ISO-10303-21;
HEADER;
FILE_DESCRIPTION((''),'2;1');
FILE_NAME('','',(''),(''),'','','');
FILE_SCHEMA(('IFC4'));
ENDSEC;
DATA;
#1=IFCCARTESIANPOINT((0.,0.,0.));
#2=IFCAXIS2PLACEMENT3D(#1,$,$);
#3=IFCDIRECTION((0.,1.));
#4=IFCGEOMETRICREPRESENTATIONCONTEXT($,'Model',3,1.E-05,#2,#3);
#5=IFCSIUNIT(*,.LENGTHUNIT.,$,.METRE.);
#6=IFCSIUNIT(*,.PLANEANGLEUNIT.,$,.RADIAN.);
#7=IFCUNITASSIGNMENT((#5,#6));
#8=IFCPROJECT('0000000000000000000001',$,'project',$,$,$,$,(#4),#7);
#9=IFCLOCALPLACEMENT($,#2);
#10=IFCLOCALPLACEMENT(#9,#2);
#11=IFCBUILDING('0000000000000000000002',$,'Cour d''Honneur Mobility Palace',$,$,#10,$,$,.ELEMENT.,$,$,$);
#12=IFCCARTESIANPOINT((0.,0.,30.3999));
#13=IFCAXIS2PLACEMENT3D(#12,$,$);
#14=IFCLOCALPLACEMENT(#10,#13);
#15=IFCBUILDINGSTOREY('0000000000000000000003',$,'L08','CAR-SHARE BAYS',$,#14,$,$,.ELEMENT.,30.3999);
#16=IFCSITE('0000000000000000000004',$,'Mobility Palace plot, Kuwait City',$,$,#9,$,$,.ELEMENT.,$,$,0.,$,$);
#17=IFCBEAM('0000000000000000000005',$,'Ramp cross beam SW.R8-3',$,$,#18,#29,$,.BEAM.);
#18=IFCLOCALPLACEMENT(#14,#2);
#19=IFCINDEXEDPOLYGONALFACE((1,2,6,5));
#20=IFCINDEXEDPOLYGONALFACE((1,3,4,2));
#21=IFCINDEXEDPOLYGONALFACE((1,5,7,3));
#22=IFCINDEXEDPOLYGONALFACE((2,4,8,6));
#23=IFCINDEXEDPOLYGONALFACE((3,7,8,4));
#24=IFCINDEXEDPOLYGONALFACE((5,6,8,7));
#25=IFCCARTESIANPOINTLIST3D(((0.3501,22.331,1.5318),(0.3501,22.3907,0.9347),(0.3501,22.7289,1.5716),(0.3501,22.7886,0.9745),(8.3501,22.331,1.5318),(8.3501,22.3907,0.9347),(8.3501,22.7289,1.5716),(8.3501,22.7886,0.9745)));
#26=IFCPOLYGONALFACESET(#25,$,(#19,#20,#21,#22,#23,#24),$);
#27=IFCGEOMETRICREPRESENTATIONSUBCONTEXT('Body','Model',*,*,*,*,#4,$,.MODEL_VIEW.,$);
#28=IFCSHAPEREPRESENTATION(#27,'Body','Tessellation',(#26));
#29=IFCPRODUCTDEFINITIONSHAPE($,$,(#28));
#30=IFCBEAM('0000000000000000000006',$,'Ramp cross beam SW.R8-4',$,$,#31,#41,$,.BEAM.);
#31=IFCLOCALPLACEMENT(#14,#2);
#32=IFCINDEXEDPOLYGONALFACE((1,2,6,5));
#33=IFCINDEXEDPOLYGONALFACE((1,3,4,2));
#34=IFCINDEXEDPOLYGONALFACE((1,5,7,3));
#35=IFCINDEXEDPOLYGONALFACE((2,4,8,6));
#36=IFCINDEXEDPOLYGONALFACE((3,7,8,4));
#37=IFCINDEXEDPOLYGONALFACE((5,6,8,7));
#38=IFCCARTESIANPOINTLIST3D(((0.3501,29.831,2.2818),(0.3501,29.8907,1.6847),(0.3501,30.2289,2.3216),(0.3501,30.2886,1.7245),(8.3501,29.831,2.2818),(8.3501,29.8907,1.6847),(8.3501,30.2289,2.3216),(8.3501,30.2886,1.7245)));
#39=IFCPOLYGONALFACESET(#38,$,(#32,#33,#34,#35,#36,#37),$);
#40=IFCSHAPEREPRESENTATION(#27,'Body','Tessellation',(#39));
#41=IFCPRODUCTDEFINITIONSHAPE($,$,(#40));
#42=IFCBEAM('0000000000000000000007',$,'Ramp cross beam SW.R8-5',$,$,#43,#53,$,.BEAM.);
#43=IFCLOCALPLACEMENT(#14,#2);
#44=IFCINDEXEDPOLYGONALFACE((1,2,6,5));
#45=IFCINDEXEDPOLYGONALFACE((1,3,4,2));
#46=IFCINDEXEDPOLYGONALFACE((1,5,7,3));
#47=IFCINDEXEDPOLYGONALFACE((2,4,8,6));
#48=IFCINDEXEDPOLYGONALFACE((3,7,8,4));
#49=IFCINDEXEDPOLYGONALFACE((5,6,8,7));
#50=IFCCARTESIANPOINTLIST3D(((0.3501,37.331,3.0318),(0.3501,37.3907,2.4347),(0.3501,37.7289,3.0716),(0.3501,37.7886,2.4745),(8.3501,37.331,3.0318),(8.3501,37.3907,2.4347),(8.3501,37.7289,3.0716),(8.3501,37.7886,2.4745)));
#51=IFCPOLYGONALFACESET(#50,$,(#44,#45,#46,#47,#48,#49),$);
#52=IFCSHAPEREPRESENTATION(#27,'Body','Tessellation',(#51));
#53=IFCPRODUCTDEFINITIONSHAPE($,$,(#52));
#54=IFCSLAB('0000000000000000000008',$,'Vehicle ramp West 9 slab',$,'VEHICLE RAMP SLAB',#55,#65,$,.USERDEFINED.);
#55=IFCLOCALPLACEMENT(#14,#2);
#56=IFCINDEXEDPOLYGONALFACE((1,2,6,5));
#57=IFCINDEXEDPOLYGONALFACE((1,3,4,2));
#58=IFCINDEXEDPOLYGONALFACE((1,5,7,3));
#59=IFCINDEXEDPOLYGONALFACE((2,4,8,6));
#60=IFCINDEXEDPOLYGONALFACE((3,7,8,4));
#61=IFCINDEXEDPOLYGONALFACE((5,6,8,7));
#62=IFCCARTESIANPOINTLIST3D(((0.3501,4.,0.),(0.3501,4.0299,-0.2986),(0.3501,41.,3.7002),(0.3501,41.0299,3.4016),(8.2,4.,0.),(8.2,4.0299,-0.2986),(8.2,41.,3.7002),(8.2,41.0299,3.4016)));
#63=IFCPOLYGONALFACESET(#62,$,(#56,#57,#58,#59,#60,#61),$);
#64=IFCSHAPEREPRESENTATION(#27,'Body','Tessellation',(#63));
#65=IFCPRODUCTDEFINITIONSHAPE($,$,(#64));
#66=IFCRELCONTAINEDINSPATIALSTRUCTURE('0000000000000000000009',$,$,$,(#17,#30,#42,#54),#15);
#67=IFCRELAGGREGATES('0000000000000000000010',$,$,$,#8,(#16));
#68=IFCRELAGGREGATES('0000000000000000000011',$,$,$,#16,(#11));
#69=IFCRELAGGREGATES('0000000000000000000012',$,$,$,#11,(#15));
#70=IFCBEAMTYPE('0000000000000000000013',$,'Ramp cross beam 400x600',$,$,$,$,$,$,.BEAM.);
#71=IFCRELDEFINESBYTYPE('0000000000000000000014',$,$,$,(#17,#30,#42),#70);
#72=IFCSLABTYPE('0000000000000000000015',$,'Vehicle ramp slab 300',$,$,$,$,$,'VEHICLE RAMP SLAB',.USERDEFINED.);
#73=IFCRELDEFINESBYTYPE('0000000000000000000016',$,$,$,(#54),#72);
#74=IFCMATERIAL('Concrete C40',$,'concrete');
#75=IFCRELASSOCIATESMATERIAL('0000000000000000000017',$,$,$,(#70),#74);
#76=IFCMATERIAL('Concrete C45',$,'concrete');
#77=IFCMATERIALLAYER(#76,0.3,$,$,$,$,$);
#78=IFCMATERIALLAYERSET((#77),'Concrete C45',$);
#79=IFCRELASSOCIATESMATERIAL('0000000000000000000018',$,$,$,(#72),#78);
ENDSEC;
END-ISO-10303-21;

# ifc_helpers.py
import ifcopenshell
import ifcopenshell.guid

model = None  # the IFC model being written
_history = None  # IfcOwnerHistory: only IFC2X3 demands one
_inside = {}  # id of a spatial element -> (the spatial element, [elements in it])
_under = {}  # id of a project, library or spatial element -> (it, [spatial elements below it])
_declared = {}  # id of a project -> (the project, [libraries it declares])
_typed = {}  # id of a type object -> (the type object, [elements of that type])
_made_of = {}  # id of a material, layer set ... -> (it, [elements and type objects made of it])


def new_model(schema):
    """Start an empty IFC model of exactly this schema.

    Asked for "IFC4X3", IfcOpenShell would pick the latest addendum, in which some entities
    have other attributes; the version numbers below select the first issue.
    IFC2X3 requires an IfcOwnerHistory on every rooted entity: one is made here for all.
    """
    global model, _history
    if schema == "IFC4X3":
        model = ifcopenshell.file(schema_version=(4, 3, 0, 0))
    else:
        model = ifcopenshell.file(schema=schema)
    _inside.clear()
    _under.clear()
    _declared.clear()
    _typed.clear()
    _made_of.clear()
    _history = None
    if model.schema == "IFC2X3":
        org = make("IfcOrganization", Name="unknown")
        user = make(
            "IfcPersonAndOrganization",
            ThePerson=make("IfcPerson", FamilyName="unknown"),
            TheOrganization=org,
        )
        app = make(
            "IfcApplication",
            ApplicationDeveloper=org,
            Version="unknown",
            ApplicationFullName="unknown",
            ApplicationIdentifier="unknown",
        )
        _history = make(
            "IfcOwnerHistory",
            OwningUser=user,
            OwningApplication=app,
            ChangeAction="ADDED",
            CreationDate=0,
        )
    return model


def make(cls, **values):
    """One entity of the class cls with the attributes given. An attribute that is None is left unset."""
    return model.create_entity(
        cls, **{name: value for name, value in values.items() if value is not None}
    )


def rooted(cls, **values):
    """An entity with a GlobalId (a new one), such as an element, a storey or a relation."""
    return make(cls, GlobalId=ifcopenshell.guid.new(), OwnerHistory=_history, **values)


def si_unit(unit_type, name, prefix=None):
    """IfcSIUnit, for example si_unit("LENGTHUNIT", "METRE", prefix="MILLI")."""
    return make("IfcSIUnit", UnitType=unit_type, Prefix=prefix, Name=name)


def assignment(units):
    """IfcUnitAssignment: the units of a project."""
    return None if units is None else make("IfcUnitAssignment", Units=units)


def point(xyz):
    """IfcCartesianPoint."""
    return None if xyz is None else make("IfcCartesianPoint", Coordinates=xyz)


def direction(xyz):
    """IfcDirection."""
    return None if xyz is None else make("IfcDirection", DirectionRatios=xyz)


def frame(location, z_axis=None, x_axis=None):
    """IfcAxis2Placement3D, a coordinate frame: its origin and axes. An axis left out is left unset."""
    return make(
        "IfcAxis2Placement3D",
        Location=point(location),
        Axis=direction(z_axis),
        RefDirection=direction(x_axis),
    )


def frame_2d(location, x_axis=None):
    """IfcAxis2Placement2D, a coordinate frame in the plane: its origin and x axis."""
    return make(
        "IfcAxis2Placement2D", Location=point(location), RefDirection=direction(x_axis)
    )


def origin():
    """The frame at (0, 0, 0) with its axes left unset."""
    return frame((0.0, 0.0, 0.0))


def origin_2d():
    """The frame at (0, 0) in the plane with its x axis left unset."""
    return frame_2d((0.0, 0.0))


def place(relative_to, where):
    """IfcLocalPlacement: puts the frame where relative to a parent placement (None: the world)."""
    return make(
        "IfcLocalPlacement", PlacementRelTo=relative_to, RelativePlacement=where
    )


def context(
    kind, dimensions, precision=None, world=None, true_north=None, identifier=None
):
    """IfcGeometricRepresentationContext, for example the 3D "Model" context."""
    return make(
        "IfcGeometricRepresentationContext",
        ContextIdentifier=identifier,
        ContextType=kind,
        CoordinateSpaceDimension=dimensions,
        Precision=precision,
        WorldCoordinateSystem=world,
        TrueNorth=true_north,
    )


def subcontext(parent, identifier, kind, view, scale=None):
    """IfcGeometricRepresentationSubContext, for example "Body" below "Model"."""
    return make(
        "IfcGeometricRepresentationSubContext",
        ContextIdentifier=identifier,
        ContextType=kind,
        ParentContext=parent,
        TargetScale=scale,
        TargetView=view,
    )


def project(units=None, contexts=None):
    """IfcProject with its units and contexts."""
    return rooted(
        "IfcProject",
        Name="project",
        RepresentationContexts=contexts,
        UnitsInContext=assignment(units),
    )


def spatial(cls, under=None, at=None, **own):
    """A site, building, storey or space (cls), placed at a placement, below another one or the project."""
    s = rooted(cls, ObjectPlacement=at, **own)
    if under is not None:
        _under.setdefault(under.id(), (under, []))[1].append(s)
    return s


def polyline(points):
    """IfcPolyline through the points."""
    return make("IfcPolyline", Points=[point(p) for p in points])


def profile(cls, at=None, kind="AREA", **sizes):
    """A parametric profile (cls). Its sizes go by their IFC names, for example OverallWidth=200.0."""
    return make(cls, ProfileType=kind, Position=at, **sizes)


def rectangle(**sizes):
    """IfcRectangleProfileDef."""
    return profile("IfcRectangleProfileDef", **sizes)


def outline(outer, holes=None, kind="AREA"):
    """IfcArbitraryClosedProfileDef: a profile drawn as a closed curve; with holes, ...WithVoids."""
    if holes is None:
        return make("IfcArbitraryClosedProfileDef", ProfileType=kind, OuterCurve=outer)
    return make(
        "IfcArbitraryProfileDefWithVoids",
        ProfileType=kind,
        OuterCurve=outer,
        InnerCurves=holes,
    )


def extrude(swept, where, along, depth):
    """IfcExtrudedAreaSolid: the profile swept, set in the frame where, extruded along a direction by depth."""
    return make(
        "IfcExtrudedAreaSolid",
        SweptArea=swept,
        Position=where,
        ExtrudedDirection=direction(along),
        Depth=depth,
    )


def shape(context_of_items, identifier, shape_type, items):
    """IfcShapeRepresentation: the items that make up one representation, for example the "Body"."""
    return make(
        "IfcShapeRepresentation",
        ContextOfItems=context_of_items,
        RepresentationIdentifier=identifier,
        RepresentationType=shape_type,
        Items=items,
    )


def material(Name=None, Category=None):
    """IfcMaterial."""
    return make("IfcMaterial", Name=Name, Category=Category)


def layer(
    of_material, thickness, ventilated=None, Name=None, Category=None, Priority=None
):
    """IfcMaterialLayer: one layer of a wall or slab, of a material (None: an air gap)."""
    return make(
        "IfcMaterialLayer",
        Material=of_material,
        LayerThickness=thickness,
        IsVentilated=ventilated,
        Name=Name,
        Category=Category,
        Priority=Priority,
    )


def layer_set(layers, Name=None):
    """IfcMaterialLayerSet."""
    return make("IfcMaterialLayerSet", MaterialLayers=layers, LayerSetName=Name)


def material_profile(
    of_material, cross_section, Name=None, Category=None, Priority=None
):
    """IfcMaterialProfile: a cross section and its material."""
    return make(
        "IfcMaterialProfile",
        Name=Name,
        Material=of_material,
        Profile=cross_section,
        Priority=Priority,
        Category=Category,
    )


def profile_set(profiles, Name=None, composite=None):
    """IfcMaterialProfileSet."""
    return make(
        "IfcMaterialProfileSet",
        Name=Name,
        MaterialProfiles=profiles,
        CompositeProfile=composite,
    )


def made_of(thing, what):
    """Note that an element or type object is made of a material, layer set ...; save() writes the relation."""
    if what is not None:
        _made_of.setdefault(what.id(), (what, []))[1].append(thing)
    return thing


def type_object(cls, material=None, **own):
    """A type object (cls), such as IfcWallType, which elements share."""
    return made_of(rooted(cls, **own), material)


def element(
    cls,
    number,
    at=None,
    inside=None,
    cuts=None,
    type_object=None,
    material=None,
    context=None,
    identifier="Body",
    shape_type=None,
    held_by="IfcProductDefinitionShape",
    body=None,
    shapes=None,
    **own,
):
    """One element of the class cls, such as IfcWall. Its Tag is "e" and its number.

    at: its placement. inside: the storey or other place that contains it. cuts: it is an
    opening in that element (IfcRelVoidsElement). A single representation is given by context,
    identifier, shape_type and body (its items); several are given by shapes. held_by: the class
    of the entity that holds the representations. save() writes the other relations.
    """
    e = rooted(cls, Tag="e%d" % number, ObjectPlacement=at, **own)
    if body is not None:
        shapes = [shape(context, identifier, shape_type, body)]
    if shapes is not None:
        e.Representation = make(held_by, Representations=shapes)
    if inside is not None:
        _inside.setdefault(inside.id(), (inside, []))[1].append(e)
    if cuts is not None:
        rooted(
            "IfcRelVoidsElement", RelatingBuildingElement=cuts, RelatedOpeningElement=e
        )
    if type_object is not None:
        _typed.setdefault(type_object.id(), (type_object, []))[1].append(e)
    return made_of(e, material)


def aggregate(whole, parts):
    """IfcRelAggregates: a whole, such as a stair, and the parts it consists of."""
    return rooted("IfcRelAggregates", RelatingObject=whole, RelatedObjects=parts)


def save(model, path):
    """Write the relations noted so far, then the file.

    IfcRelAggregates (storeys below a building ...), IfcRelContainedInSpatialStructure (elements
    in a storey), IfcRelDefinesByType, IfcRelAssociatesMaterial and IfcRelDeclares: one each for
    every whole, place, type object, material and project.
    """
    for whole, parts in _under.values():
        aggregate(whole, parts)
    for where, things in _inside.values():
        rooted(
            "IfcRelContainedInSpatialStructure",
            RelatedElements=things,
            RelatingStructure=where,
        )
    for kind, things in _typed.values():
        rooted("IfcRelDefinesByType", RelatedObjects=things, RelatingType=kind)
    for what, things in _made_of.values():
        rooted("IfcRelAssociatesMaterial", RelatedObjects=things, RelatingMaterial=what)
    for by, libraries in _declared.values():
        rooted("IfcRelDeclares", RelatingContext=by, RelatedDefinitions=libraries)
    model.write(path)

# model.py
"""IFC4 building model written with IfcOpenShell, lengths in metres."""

from ifc_helpers import new_model, si_unit, direction, frame, origin, origin_2d, place, context, subcontext, project, spatial, polyline, rectangle, outline, extrude, material, layer, layer_set, material_profile, profile_set, type_object, element, save


model = new_model("IFC4")

# Units and contexts
model_context = context("Model", 3, precision=1e-05, world=origin(), true_north=direction((0.0, 1.0)))
body_context = subcontext(model_context, "Body", "Model", "MODEL_VIEW")
ifc_project = project(units=[si_unit("LENGTHUNIT", "METRE"), si_unit("PLANEANGLEUNIT", "RADIAN")], contexts=[model_context])

# Site, building, storey
site_placement = place(None, origin())
site = spatial("IfcSite", under=ifc_project, at=site_placement, Name="Mobility Palace plot, Kuwait City", CompositionType="ELEMENT", RefElevation=0.0)
building_placement = place(site_placement, origin())
building = spatial("IfcBuilding", under=site, at=building_placement, Name="Cour d'Honneur Mobility Palace", CompositionType="ELEMENT")
storey_placement = place(building_placement, frame((0.0, 0.0, 30.3999)))
storey = spatial("IfcBuildingStorey", under=building, at=storey_placement, Name="L08", Description="CAR-SHARE BAYS", CompositionType="ELEMENT", Elevation=30.3999)

# Beams
ifc_material_1 = material(Name="Concrete C40", Category="concrete")
ifc_material_profile_1 = material_profile(ifc_material_1, rectangle(XDim=0.3999, YDim=0.6001, at=origin_2d()), Name="Ramp cross beam 400x600")
ifc_profile_set_1 = profile_set([ifc_material_profile_1], Name="Concrete C40")
beam_type_1 = type_object("IfcBeamType", Name="Ramp cross beam 400x600", PredefinedType="BEAM", material=ifc_profile_set_1)
for number, where, z_axis, x_axis, name in (
    (1, (0.3501, 22.5598, 1.2532), (1.0, 0.0, 0.0), (0.0, 0.995037, 0.099504), "Ramp cross beam SW.R8-3"),
    (2, (0.3501, 30.0598, 2.0032), (1.0, 0.0, 0.0), (0.0, 0.995037, 0.099504), "Ramp cross beam SW.R8-4"),
    (3, (0.3501, 37.5598, 2.7532), (1.0, 0.0, 0.0), (0.0, 0.995037, 0.099504), "Ramp cross beam SW.R8-5"),
):
    element("IfcBeam", number, at=place(storey_placement, frame(where, z_axis=z_axis, x_axis=x_axis)), inside=storey, type_object=beam_type_1, Name=name, PredefinedType="BEAM", context=body_context, shape_type="SweptSolid", body=[
        extrude(rectangle(XDim=0.3999, YDim=0.6001, at=origin_2d()), origin(), (0.0, 0.0, 1.0), 8.0),
    ])

# Slab
ifc_material_2 = material(Name="Concrete C45", Category="concrete")
ifc_layer_1 = layer(ifc_material_2, 0.3)
ifc_layer_set_1 = layer_set([ifc_layer_1], Name="Concrete C45")
slab_type = type_object("IfcSlabType", Name="Vehicle ramp slab 300", ElementType="VEHICLE RAMP SLAB", PredefinedType="USERDEFINED", material=ifc_layer_set_1)
slab_placement = place(storey_placement, frame((0.3501, 4.0, 0.0), z_axis=(0.0, -0.099509, 0.995037), x_axis=(1.0, 0.0, 0.0)))
element("IfcSlab", 4, at=slab_placement, inside=storey, type_object=slab_type, Name="Vehicle ramp West 9 slab", ObjectType="VEHICLE RAMP SLAB", PredefinedType="USERDEFINED", context=body_context, shape_type="SweptSolid", body=[
    extrude(outline(polyline([(0.0, 0.0), (7.8499, 0.0), (7.8499, 37.1846), (0.0, 37.1846), (0.0, 0.0)])), origin(), (0.0, 0.0, -1.0), 0.3),
])

save(model, "model.ifc")
